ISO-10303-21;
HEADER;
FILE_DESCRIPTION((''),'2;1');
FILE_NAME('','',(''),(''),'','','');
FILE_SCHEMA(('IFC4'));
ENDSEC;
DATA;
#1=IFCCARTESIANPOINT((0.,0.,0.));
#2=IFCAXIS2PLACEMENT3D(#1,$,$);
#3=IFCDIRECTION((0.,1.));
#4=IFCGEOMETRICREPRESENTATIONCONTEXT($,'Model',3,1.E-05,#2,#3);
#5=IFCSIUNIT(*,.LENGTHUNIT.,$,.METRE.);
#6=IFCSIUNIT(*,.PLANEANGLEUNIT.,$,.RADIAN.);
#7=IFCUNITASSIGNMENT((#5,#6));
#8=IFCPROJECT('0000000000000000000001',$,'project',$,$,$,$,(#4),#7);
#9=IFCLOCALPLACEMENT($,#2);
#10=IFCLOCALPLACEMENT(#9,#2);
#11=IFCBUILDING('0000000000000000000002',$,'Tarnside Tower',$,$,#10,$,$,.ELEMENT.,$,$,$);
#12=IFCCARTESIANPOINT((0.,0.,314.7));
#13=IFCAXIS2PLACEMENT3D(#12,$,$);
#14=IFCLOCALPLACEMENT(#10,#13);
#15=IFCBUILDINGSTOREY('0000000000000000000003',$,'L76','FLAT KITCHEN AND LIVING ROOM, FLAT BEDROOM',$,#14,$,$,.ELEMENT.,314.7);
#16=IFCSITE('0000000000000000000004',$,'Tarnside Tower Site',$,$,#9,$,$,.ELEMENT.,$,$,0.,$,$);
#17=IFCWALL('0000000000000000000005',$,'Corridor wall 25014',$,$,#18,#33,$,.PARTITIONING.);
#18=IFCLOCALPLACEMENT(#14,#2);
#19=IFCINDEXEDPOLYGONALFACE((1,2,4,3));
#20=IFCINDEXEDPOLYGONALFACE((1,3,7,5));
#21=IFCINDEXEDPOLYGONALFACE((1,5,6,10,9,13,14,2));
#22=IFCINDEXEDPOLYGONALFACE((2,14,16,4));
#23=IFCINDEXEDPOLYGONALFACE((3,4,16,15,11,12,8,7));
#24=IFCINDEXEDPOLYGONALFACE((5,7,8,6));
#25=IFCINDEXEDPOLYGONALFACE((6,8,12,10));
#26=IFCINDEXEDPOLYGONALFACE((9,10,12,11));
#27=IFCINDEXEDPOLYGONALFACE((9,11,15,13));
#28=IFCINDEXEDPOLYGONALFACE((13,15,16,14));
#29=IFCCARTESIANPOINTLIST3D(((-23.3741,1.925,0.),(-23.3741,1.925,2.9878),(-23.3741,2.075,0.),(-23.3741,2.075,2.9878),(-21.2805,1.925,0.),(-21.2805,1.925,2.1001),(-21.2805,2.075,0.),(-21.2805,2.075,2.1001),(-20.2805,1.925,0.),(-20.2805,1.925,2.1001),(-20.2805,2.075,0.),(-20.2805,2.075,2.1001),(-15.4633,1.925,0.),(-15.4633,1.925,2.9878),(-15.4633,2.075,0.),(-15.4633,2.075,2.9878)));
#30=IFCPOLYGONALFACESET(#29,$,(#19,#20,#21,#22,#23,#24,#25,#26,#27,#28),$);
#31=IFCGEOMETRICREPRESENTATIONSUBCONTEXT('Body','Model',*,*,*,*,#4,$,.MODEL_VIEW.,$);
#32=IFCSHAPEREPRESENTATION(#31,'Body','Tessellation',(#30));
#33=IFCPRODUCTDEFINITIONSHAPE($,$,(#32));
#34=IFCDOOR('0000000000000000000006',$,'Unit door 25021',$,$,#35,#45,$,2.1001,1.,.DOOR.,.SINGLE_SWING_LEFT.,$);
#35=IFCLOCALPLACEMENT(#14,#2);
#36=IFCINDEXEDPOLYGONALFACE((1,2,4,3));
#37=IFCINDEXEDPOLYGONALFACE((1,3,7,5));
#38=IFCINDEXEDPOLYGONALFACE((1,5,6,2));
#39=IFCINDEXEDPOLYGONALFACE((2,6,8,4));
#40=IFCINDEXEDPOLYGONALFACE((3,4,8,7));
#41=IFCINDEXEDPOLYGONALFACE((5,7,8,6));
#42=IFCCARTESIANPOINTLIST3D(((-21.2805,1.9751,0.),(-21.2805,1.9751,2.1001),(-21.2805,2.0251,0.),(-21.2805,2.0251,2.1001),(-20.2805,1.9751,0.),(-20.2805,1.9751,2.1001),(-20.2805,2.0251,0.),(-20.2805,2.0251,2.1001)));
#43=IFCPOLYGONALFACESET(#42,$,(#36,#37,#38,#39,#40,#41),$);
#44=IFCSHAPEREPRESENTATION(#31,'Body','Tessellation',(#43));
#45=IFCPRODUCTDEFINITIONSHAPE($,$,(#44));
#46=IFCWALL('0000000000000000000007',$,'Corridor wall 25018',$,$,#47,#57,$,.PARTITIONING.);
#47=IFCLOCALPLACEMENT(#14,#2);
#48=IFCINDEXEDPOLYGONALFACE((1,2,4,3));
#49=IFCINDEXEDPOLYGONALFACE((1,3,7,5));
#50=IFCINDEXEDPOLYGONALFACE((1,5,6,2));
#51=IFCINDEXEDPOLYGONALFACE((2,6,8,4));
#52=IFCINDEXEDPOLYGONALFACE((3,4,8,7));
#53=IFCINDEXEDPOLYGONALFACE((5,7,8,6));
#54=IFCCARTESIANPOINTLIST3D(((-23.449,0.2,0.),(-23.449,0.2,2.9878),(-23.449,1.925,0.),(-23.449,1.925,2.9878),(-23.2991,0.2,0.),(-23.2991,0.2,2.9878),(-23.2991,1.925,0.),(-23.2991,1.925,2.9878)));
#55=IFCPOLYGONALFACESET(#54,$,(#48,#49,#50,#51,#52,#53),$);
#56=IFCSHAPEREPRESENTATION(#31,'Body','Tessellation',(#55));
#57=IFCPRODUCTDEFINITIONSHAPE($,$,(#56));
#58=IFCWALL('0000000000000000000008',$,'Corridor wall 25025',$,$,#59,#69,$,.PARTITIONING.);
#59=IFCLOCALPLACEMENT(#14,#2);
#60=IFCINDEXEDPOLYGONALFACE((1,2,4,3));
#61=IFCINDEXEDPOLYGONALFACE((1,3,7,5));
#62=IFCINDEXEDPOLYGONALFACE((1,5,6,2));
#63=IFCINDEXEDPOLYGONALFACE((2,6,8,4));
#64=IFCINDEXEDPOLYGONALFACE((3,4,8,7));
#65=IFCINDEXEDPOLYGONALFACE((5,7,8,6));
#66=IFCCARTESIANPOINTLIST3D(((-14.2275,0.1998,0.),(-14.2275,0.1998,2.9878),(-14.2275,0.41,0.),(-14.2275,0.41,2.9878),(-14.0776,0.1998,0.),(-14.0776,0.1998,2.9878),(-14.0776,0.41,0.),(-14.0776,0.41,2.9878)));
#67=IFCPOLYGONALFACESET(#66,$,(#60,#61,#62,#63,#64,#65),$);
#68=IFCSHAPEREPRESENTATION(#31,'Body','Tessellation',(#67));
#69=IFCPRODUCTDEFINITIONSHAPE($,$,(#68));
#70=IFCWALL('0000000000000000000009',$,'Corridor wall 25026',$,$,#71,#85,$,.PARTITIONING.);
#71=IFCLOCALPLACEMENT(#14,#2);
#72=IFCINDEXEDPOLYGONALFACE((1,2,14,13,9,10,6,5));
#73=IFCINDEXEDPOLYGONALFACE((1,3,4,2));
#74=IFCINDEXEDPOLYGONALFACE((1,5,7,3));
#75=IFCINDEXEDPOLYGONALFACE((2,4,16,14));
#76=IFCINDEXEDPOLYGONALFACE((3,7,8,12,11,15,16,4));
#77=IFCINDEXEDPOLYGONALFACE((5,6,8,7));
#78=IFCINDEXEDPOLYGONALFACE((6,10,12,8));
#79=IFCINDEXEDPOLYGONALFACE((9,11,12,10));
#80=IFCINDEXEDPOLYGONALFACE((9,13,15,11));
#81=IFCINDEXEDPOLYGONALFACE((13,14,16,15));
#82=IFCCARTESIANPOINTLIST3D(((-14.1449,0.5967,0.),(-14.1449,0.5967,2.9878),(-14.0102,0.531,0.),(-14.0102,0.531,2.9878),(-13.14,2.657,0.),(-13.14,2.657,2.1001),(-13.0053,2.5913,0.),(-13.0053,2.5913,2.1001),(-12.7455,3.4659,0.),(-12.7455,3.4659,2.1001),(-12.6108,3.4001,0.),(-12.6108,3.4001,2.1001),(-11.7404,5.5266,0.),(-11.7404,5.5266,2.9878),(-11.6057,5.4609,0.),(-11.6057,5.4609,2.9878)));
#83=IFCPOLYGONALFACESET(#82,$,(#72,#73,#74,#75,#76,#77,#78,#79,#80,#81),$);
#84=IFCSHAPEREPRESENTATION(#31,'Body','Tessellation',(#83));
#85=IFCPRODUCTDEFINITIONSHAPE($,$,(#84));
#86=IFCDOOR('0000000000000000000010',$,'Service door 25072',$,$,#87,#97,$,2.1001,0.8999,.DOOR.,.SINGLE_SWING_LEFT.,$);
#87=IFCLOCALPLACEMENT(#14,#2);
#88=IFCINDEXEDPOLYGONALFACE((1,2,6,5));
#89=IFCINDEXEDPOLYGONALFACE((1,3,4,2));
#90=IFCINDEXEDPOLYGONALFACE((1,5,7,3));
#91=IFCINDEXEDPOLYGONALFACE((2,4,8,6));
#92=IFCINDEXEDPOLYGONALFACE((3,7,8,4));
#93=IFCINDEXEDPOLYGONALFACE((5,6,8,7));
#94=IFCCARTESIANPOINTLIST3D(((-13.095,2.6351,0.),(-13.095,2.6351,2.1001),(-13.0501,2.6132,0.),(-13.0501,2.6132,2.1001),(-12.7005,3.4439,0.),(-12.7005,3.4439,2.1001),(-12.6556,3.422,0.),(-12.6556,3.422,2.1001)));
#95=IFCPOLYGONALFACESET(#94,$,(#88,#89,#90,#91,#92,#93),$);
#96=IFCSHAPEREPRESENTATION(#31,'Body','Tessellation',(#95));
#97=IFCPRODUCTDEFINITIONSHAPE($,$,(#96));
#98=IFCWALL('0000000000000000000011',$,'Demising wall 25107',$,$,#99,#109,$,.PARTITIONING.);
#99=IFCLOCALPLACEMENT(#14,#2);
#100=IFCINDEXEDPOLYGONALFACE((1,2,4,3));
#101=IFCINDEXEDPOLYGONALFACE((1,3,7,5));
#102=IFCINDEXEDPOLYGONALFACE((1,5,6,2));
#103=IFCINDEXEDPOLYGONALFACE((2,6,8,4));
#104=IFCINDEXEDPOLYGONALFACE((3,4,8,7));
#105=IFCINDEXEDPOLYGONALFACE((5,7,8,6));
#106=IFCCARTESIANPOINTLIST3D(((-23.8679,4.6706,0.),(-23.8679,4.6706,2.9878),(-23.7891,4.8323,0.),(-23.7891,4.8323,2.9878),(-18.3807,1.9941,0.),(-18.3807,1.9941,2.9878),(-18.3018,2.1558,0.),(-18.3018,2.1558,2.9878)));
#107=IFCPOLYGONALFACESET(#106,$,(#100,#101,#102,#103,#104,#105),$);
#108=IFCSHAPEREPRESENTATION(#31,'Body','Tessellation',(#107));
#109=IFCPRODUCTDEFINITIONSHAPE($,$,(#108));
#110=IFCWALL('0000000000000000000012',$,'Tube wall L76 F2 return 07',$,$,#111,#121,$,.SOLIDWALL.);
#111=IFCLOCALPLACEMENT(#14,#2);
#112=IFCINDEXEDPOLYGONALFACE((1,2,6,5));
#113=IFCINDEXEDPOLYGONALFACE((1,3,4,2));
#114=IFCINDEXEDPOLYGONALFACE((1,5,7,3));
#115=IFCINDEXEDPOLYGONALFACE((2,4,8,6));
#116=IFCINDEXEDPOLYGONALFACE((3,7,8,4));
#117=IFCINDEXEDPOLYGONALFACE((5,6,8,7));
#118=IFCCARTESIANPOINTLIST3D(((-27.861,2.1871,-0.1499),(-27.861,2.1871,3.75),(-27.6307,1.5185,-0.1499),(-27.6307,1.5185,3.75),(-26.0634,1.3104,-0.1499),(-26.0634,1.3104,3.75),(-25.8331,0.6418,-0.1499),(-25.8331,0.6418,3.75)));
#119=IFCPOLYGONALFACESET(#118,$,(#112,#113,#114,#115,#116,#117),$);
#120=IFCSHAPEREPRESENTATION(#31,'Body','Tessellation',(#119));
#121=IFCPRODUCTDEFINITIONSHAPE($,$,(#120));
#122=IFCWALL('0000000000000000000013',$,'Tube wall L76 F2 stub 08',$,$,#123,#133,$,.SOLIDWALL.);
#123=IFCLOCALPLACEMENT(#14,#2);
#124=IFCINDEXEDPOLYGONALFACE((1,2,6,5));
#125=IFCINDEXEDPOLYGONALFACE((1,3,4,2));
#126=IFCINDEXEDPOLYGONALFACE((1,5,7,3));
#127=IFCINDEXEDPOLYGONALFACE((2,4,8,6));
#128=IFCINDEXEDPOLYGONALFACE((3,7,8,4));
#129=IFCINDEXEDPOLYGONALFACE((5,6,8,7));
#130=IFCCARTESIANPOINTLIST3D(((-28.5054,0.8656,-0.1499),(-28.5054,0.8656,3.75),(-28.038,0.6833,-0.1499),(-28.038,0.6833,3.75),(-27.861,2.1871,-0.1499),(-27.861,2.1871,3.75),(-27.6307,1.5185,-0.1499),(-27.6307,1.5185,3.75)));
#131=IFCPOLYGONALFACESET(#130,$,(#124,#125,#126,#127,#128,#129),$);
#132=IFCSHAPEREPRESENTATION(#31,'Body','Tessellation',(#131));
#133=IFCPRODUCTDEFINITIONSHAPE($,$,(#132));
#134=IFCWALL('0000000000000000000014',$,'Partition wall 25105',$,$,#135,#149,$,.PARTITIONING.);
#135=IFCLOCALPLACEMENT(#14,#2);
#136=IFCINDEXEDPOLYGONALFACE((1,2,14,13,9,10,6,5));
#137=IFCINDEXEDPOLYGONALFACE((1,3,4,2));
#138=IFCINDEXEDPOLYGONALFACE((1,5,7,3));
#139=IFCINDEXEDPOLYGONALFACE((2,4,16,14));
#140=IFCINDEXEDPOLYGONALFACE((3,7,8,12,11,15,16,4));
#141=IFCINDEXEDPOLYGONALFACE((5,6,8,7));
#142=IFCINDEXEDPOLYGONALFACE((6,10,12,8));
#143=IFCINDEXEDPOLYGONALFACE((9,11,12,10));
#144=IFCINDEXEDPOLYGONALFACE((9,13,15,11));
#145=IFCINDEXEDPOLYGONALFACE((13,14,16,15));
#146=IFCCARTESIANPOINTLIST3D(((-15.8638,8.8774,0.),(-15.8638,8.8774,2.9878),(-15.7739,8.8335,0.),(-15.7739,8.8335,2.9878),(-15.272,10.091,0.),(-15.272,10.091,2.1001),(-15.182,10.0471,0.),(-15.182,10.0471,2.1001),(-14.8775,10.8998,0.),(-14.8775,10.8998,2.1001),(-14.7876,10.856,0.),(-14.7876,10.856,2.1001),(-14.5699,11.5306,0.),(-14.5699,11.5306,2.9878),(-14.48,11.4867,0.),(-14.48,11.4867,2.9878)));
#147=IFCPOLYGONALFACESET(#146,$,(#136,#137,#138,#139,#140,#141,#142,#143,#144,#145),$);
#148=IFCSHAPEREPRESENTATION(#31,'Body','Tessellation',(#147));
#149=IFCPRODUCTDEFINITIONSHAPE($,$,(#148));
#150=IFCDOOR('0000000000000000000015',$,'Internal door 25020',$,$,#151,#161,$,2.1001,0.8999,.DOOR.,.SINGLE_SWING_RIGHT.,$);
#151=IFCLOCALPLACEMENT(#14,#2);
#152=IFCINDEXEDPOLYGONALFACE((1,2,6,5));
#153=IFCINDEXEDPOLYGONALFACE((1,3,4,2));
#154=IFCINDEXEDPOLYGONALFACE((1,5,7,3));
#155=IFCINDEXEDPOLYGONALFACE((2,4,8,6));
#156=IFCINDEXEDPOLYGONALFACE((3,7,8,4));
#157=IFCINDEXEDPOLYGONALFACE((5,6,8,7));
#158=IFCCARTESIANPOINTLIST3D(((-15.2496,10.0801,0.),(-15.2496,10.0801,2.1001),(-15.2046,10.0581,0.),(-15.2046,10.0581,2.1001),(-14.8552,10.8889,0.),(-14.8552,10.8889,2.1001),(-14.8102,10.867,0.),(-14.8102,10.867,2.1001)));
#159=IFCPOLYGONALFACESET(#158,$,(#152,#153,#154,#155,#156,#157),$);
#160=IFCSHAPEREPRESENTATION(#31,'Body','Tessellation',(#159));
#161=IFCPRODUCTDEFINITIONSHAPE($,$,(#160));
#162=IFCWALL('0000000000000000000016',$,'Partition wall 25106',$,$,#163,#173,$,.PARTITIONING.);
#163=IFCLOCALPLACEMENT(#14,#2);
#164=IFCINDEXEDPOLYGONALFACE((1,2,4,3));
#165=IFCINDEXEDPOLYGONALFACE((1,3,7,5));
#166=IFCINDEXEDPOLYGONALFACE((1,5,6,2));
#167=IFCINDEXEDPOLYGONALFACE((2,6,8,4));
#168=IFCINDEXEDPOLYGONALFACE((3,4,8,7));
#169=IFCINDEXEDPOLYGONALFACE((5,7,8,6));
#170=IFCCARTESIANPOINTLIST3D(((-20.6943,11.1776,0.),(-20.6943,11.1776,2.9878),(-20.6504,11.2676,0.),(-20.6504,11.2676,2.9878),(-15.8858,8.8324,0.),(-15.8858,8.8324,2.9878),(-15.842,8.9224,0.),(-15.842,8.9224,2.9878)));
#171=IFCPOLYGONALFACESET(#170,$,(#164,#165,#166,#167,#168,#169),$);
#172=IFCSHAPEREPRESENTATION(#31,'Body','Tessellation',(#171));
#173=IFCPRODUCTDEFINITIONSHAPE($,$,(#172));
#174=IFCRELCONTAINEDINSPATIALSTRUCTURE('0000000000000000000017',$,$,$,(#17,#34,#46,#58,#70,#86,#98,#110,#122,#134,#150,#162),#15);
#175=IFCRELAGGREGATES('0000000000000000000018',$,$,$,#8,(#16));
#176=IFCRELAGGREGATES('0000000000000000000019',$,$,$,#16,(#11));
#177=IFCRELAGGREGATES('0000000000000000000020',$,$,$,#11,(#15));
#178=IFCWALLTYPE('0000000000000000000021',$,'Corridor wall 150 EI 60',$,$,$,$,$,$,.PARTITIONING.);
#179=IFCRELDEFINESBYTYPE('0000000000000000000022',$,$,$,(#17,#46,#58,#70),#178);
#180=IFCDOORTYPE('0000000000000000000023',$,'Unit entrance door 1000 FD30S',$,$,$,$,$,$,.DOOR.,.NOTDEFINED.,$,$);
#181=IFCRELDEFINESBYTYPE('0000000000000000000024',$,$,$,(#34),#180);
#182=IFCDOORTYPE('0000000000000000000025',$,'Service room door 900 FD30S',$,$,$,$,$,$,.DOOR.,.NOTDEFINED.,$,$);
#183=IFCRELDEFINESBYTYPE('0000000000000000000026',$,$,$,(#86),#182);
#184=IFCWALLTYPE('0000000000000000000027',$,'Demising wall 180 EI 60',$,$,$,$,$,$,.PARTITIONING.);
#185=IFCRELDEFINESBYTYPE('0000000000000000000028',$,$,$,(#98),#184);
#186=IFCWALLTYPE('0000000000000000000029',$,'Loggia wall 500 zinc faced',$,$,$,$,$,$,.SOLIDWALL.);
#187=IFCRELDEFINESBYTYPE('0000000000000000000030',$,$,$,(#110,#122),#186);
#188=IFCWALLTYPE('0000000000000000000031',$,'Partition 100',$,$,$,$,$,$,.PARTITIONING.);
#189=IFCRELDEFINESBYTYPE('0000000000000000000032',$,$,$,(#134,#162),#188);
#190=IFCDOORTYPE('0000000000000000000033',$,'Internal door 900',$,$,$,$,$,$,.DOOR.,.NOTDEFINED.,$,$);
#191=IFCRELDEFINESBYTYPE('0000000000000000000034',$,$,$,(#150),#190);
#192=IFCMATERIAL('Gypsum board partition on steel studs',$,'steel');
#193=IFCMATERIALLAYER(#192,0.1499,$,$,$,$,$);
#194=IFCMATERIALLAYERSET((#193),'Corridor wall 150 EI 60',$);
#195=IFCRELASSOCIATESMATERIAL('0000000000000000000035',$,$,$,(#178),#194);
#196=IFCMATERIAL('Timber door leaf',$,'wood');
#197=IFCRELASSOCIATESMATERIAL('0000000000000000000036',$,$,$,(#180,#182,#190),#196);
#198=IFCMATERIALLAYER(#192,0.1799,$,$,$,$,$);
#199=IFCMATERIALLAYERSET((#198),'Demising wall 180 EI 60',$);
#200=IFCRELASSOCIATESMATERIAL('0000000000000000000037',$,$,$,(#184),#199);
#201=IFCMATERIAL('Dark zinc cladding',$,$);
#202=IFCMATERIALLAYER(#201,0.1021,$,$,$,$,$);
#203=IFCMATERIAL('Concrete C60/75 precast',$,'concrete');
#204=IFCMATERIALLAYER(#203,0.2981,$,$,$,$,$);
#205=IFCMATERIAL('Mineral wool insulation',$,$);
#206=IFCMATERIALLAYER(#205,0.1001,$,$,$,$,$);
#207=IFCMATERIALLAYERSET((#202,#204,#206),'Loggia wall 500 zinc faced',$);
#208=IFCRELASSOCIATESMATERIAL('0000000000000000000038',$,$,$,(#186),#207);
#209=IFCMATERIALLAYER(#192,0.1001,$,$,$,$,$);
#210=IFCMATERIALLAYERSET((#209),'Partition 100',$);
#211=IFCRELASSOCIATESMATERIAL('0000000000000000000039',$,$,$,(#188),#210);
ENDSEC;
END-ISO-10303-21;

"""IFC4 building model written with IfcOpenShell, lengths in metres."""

from ifc_helpers import new_model, si_unit, direction, frame, frame_2d, origin, place, context, subcontext, project, spatial, polyline, rectangle, outline, extrude, material, layer, layer_set, type_object, element, fill, save


model = new_model("IFC4")

# Units and contexts
model_context = context("Model", 3, precision=1e-05, world=origin(), true_north=direction((0.0, 1.0)))
body_context = subcontext(model_context, "Body", "Model", "MODEL_VIEW")
ifc_project = project(units=[si_unit("LENGTHUNIT", "METRE"), si_unit("PLANEANGLEUNIT", "RADIAN")], contexts=[model_context])

# Site, building, storey
site_placement = place(None, origin())
site = spatial("IfcSite", under=ifc_project, at=site_placement, Name="Tarnside Tower Site", CompositionType="ELEMENT", RefElevation=0.0)
building_placement = place(site_placement, origin())
building = spatial("IfcBuilding", under=site, at=building_placement, Name="Tarnside Tower", CompositionType="ELEMENT")
storey_placement = place(building_placement, frame((0.0, 0.0, 314.7)))
storey = spatial("IfcBuildingStorey", under=building, at=storey_placement, Name="L76", Description="FLAT KITCHEN AND LIVING ROOM, FLAT BEDROOM", CompositionType="ELEMENT", Elevation=314.7)

# Wall, opening, door
ifc_material_1 = material(Name="Gypsum board partition on steel studs", Category="steel")
ifc_layer_1 = layer(ifc_material_1, 0.1499)
ifc_layer_set_1 = layer_set([ifc_layer_1], Name="Corridor wall 150 EI 60")
wall_type_1 = type_object("IfcWallType", Name="Corridor wall 150 EI 60", PredefinedType="PARTITIONING", material=ifc_layer_set_1)
wall_1_placement = place(storey_placement, frame((-15.4631, 2.0, 0.0), z_axis=(0.0, 0.0, 1.0), x_axis=(-1.0, 0.0, 0.0)))
wall_1 = element("IfcWall", 1, at=wall_1_placement, inside=storey, type_object=wall_type_1, Name="Corridor wall 25014", PredefinedType="PARTITIONING", context=body_context, shape_type="SweptSolid", body=[
    extrude(rectangle(XDim=7.9109, YDim=0.1499, at=frame_2d((3.9556, 0.0))), origin(), (0.0, 0.0, 1.0), 2.9878),
])
opening_1_placement = place(wall_1_placement, frame((4.8174, 0.0, 0.0)))
opening_1 = element("IfcOpeningElement", 2, at=opening_1_placement, cuts=wall_1, PredefinedType="OPENING", context=body_context, shape_type="SweptSolid", body=[
    extrude(rectangle(XDim=1.0, YDim=2.1001, at=frame_2d((0.5, 1.05))), frame((0.0, 0.085, 0.0), z_axis=(0.0, -1.0, 0.0), x_axis=(1.0, 0.0, 0.0)), (0.0, 0.0, 1.0), 0.1699),
])
ifc_material_2 = material(Name="Timber door leaf", Category="wood")
door_type_1 = type_object("IfcDoorType", Name="Unit entrance door 1000 FD30S", OperationType="NOTDEFINED", PredefinedType="DOOR", material=ifc_material_2)
door_1_placement = place(opening_1_placement, origin())
door_1 = element("IfcDoor", 3, at=door_1_placement, inside=storey, type_object=door_type_1, Name="Unit door 25021", OperationType="SINGLE_SWING_LEFT", OverallHeight=2.1001, OverallWidth=1.0, PredefinedType="DOOR", context=body_context, shape_type="SweptSolid", body=[
    extrude(rectangle(XDim=1.0, YDim=2.1001, at=frame_2d((0.5, 1.05))), frame((0.0, 0.0249, 0.0), z_axis=(0.0, -1.0, 0.0), x_axis=(1.0, 0.0, 0.0)), (0.0, 0.0, 1.0), 0.05),
])
fill(opening_1, door_1)

# Walls
wall_2_placement = place(storey_placement, frame((-23.374, 1.925, 0.0), z_axis=(0.0, 0.0, 1.0), x_axis=(0.0, -1.0, 0.0)))
element("IfcWall", 4, at=wall_2_placement, inside=storey, type_object=wall_type_1, Name="Corridor wall 25018", PredefinedType="PARTITIONING", context=body_context, shape_type="SweptSolid", body=[
    extrude(rectangle(XDim=1.7251, YDim=0.1499, at=frame_2d((0.8625, 0.0))), origin(), (0.0, 0.0, 1.0), 2.9878),
])
wall_3_placement = place(storey_placement, frame((-14.1526, 0.2, 0.0), z_axis=(0.0, 0.0, 1.0), x_axis=(0.0, 1.0, 0.0)))
element("IfcWall", 5, at=wall_3_placement, inside=storey, type_object=wall_type_1, Name="Corridor wall 25025", PredefinedType="PARTITIONING", context=body_context, shape_type="SweptSolid", body=[
    extrude(rectangle(XDim=0.2102, YDim=0.1499, at=frame_2d((0.105, 0.0))), origin(), (0.0, 0.0, 1.0), 2.9878),
])

# Wall, opening, door
wall_4_placement = place(storey_placement, frame((-14.0776, 0.5637, 0.0), z_axis=(0.0, 0.0, 1.0), x_axis=(0.438379, 0.89879, 0.0)))
wall_4 = element("IfcWall", 6, at=wall_4_placement, inside=storey, type_object=wall_type_1, Name="Corridor wall 25026", PredefinedType="PARTITIONING", context=body_context, shape_type="SweptSolid", body=[
    extrude(rectangle(XDim=5.4851, YDim=0.1499, at=frame_2d((2.7427, 0.0))), origin(), (0.0, 0.0, 1.0), 2.9878),
])
opening_2_placement = place(wall_4_placement, frame((2.2925, 0.0, 0.0)))
opening_2 = element("IfcOpeningElement", 7, at=opening_2_placement, cuts=wall_4, PredefinedType="OPENING", context=body_context, shape_type="SweptSolid", body=[
    extrude(rectangle(XDim=0.8999, YDim=2.1001, at=frame_2d((0.45, 1.05))), frame((0.0, 0.085, 0.0), z_axis=(0.0, -1.0, 0.0), x_axis=(1.0, 0.0, 0.0)), (0.0, 0.0, 1.0), 0.1699),
])
door_type_2 = type_object("IfcDoorType", Name="Service room door 900 FD30S", OperationType="NOTDEFINED", PredefinedType="DOOR", material=ifc_material_2)
door_2_placement = place(opening_2_placement, origin())
door_2 = element("IfcDoor", 8, at=door_2_placement, inside=storey, type_object=door_type_2, Name="Service door 25072", OperationType="SINGLE_SWING_LEFT", OverallHeight=2.1001, OverallWidth=0.8999, PredefinedType="DOOR", context=body_context, shape_type="SweptSolid", body=[
    extrude(rectangle(XDim=0.8999, YDim=2.1001, at=frame_2d((0.45, 1.05))), frame((0.0, 0.0249, 0.0), z_axis=(0.0, -1.0, 0.0), x_axis=(1.0, 0.0, 0.0)), (0.0, 0.0, 1.0), 0.05),
])
fill(opening_2, door_2)

# Walls
ifc_layer_2 = layer(ifc_material_1, 0.1799)
ifc_layer_set_2 = layer_set([ifc_layer_2], Name="Demising wall 180 EI 60")
wall_type_2 = type_object("IfcWallType", Name="Demising wall 180 EI 60", PredefinedType="PARTITIONING", material=ifc_layer_set_2)
wall_5_placement = place(storey_placement, frame((-23.8286, 4.7515, 0.0), z_axis=(0.0, 0.0, 1.0), x_axis=(0.898783, -0.438394, 0.0)))
element("IfcWall", 9, at=wall_5_placement, inside=storey, type_object=wall_type_2, Name="Demising wall 25107", PredefinedType="PARTITIONING", context=body_context, shape_type="SweptSolid", body=[
    extrude(rectangle(XDim=6.1052, YDim=0.1799, at=frame_2d((3.0527, 0.0))), origin(), (0.0, 0.0, 1.0), 2.9878),
])
ifc_material_3 = material(Name="Dark zinc cladding")
ifc_layer_3 = layer(ifc_material_3, 0.1021)
ifc_material_4 = material(Name="Concrete C60/75 precast", Category="concrete")
ifc_layer_4 = layer(ifc_material_4, 0.2981)
ifc_material_5 = material(Name="Mineral wool insulation")
ifc_layer_5 = layer(ifc_material_5, 0.1001)
ifc_layer_set_3 = layer_set([ifc_layer_3, ifc_layer_4, ifc_layer_5], Name="Loggia wall 500 zinc faced")
wall_type_3 = type_object("IfcWallType", Name="Loggia wall 500 zinc faced", PredefinedType="SOLIDWALL", material=ifc_layer_set_3)
wall_6_placement = place(storey_placement, frame((-25.9482, 0.9761, -0.1499), z_axis=(0.0, 0.0, 1.0), x_axis=(-0.898802, 0.438354, 0.0)))
element("IfcWall", 10, at=wall_6_placement, inside=storey, type_object=wall_type_3, Name="Tube wall L76 F2 return 07", PredefinedType="SOLIDWALL", context=body_context, shape_type="SweptSolid", body=[
    extrude(outline(polyline([(0.25, -0.25), (2.25, -0.25), (1.75, 0.25), (-0.25, 0.25), (0.25, -0.25)])), origin(), (0.0, 0.0, 1.0), 3.8999),
])
wall_7_placement = place(storey_placement, frame((-27.7458, 1.8528, -0.1499), z_axis=(0.0, 0.0, 1.0), x_axis=(-0.438319, -0.898819, 0.0)))
element("IfcWall", 11, at=wall_7_placement, inside=storey, type_object=wall_type_3, Name="Tube wall L76 F2 stub 08", PredefinedType="SOLIDWALL", context=body_context, shape_type="SweptSolid", body=[
    extrude(outline(polyline([(-0.25, -0.25), (1.2202, -0.25), (1.1792, 0.25), (0.25, 0.25), (-0.25, -0.25)])), origin(), (0.0, 0.0, 1.0), 3.8999),
])

# Wall, opening, door
ifc_layer_6 = layer(ifc_material_1, 0.1001)
ifc_layer_set_4 = layer_set([ifc_layer_6], Name="Partition 100")
wall_type_4 = type_object("IfcWallType", Name="Partition 100", PredefinedType="PARTITIONING", material=ifc_layer_set_4)
wall_8_placement = place(storey_placement, frame((-14.5249, 11.5088, 0.0), z_axis=(0.0, 0.0, 1.0), x_axis=(-0.438326, -0.898816, 0.0)))
wall_8 = element("IfcWall", 12, at=wall_8_placement, inside=storey, type_object=wall_type_4, Name="Partition wall 25105", PredefinedType="PARTITIONING", context=body_context, shape_type="SweptSolid", body=[
    extrude(rectangle(XDim=2.9519, YDim=0.1001, at=frame_2d((1.4761, 0.0))), origin(), (0.0, 0.0, 1.0), 2.9878),
])
opening_3_placement = place(wall_8_placement, frame((0.7019, 0.0, 0.0)))
opening_3 = element("IfcOpeningElement", 13, at=opening_3_placement, cuts=wall_8, PredefinedType="OPENING", context=body_context, shape_type="SweptSolid", body=[
    extrude(rectangle(XDim=0.8999, YDim=2.1001, at=frame_2d((0.45, 1.05))), frame((0.0, 0.0601, 0.0), z_axis=(0.0, -1.0, 0.0), x_axis=(1.0, 0.0, 0.0)), (0.0, 0.0, 1.0), 0.1201),
])
door_type_3 = type_object("IfcDoorType", Name="Internal door 900", OperationType="NOTDEFINED", PredefinedType="DOOR", material=ifc_material_2)
door_3_placement = place(opening_3_placement, origin())
door_3 = element("IfcDoor", 14, at=door_3_placement, inside=storey, type_object=door_type_3, Name="Internal door 25020", OperationType="SINGLE_SWING_RIGHT", OverallHeight=2.1001, OverallWidth=0.8999, PredefinedType="DOOR", context=body_context, shape_type="SweptSolid", body=[
    extrude(rectangle(XDim=0.8999, YDim=2.1001, at=frame_2d((0.45, 1.05))), frame((0.0, 0.0249, 0.0), z_axis=(0.0, -1.0, 0.0), x_axis=(1.0, 0.0, 0.0)), (0.0, 0.0, 1.0), 0.05),
])
fill(opening_3, door_3)

# Wall
wall_9_placement = place(storey_placement, frame((-15.864, 8.8774, 0.0), z_axis=(0.0, 0.0, 1.0), x_axis=(-0.898792, 0.438375, 0.0)))
element("IfcWall", 15, at=wall_9_placement, inside=storey, type_object=wall_type_4, Name="Partition wall 25106", PredefinedType="PARTITIONING", context=body_context, shape_type="SweptSolid", body=[
    extrude(rectangle(XDim=5.3499, YDim=0.1001, at=frame_2d((2.6748, 0.0))), origin(), (0.0, 0.0, 1.0), 2.9878),
])

save(model, "model.ifc")
